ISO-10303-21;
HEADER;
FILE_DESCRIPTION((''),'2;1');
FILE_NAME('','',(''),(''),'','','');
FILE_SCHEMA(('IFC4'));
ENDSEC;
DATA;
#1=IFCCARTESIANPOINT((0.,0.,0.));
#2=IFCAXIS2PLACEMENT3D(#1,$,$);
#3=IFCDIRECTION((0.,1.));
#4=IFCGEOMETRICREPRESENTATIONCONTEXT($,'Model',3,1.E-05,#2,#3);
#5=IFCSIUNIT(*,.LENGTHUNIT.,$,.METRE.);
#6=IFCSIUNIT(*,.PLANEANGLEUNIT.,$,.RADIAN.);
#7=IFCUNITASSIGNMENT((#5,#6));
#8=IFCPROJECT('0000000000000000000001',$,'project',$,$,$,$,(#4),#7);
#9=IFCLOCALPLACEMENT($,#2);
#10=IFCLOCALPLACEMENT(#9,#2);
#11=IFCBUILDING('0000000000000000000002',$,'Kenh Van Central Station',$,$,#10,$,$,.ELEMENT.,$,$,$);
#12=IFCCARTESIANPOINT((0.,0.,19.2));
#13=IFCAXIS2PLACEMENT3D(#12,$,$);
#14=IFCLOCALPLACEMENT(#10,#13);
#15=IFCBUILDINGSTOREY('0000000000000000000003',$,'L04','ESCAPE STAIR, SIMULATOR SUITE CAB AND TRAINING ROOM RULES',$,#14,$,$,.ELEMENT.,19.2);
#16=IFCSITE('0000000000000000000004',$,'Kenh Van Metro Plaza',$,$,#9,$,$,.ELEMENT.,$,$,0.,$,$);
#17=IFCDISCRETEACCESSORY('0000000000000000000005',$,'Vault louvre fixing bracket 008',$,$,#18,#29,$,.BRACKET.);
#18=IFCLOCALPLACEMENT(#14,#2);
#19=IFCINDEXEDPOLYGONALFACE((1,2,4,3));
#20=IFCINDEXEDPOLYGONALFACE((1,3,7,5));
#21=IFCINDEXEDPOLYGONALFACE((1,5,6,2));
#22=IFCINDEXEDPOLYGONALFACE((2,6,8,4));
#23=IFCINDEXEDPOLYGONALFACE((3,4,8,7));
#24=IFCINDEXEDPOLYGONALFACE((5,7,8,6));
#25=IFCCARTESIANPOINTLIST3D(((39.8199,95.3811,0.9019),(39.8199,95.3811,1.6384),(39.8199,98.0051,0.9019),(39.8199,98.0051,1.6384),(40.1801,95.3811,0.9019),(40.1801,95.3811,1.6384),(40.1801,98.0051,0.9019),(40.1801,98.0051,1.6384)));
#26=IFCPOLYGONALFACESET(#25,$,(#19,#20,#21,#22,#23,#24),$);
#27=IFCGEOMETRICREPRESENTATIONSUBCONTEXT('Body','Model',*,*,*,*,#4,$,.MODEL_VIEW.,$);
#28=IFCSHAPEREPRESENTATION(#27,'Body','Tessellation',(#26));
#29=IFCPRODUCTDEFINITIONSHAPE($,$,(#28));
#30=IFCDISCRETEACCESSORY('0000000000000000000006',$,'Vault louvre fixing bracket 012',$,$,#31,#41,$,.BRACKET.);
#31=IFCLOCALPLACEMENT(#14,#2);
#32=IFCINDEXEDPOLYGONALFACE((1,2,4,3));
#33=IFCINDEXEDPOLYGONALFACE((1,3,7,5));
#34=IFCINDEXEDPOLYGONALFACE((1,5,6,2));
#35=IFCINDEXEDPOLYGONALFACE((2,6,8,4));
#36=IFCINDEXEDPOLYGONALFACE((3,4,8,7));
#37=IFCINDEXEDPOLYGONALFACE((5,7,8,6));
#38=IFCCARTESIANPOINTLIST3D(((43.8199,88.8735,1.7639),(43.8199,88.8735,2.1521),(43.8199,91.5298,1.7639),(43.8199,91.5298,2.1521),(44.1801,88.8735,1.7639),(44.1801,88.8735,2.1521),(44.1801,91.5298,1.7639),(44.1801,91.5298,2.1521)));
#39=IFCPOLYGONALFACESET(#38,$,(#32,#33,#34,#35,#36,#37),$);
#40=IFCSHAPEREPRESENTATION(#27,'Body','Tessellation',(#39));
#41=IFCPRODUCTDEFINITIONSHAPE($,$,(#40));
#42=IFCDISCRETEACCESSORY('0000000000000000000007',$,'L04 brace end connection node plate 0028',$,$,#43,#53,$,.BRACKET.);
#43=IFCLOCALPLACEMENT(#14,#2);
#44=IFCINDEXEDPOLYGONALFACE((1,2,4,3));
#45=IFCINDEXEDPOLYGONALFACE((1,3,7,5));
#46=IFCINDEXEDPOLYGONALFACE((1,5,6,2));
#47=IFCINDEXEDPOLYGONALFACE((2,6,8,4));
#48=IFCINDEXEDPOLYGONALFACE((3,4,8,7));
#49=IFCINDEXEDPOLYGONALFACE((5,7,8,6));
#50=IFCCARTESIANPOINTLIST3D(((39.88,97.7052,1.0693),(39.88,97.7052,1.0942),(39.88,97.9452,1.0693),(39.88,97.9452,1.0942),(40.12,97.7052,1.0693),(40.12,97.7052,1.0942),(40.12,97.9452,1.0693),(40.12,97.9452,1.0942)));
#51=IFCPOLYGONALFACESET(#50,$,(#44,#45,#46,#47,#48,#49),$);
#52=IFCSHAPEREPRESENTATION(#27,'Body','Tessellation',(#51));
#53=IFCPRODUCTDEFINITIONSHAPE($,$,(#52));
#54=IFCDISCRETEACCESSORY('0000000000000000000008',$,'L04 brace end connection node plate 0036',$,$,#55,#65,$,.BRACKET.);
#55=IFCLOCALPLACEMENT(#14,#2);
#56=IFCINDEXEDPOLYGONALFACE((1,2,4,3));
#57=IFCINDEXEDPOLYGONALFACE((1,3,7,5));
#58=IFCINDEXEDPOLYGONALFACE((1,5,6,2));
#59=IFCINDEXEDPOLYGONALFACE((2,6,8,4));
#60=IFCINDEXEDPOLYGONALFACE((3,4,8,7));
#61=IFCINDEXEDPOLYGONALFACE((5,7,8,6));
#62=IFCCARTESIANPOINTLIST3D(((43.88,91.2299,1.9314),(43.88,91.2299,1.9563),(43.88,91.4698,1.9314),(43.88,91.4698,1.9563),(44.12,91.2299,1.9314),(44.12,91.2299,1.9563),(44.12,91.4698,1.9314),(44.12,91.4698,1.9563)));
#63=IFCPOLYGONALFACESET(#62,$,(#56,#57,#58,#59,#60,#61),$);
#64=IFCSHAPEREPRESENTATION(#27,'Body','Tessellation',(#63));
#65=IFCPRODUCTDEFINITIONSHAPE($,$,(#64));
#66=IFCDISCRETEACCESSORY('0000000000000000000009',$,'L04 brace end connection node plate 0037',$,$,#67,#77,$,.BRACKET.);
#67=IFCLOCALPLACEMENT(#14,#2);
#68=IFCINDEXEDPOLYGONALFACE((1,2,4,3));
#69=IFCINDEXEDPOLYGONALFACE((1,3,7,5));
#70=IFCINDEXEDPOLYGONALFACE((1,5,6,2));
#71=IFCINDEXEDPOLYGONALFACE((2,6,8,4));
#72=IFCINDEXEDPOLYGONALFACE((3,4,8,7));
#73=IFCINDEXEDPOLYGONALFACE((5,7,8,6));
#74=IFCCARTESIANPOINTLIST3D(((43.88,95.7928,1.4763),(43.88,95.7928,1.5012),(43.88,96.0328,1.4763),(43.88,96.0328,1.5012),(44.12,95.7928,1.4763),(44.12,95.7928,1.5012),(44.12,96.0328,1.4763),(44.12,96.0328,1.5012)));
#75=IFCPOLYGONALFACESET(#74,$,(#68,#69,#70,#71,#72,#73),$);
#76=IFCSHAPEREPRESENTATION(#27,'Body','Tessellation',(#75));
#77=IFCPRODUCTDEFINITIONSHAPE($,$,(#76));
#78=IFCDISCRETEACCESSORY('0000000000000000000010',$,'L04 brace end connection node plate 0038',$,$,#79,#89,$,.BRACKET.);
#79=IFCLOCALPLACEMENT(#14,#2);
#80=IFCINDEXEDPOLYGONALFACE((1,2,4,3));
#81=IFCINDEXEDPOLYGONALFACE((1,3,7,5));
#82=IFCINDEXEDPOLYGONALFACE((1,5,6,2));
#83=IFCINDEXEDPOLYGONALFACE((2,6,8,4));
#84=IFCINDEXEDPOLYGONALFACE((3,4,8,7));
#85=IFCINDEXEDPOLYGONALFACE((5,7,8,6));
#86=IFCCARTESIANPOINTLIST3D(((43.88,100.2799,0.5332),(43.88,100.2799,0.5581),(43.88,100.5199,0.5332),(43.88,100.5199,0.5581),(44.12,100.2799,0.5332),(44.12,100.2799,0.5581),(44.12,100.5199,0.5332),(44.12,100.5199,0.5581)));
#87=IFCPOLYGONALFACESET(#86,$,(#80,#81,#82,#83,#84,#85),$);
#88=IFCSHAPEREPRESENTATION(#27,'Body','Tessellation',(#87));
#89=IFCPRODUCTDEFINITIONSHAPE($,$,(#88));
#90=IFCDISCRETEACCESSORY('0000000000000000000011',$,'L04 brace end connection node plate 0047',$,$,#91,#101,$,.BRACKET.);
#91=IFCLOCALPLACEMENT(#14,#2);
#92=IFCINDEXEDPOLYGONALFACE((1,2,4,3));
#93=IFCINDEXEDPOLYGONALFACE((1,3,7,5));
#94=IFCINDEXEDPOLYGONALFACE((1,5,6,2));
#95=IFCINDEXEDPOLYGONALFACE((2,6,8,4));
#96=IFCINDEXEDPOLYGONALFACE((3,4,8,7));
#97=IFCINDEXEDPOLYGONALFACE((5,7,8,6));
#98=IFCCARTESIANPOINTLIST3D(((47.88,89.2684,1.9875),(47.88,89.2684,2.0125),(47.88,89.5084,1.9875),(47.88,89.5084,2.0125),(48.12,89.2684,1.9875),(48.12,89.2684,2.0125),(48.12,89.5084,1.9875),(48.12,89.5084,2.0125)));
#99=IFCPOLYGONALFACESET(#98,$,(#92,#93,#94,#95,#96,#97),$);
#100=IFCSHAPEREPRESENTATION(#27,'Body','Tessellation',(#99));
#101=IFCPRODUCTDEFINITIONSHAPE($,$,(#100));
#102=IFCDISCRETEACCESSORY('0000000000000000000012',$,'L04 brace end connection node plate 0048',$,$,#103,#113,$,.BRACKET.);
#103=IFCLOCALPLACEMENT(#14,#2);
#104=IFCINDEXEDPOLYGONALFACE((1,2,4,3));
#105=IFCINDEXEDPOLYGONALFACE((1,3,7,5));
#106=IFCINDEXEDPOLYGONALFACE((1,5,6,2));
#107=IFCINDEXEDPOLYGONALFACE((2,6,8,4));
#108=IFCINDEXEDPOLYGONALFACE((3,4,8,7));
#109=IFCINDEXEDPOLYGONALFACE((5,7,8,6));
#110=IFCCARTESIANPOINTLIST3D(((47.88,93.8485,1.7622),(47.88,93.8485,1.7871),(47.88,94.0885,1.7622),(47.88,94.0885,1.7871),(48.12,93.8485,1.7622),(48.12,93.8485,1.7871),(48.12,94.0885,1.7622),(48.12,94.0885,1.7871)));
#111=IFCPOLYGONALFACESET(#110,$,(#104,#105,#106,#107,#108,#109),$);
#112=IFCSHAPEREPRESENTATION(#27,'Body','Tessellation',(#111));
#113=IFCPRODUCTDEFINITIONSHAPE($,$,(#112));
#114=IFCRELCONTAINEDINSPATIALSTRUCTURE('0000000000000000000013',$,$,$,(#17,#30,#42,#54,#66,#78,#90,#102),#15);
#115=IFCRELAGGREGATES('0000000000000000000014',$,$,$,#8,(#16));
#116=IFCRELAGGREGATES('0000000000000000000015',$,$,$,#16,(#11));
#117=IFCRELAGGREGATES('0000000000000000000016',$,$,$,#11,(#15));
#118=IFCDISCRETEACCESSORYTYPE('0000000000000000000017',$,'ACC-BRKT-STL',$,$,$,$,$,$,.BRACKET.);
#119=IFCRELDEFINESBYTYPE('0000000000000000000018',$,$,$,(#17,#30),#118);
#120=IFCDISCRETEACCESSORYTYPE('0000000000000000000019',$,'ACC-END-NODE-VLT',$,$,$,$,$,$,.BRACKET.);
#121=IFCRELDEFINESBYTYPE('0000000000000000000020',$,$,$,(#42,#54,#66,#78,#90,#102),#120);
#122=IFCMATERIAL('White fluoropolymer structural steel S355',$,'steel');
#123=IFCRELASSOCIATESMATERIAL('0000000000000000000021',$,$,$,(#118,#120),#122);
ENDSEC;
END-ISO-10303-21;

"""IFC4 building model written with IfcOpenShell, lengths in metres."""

from ifc_helpers import new_model, si_unit, direction, frame, origin, origin_2d, place, context, subcontext, project, spatial, rectangle, extrude, material, type_object, element, save


model = new_model("IFC4")

# Units and contexts
model_context = context("Model", 3, precision=1e-05, world=origin(), true_north=direction((0.0, 1.0)))
body_context = subcontext(model_context, "Body", "Model", "MODEL_VIEW")
ifc_project = project(units=[si_unit("LENGTHUNIT", "METRE"), si_unit("PLANEANGLEUNIT", "RADIAN")], contexts=[model_context])

# Site, building, storey
site_placement = place(None, origin())
site = spatial("IfcSite", under=ifc_project, at=site_placement, Name="Kenh Van Metro Plaza", CompositionType="ELEMENT", RefElevation=0.0)
building_placement = place(site_placement, origin())
building = spatial("IfcBuilding", under=site, at=building_placement, Name="Kenh Van Central Station", CompositionType="ELEMENT")
storey_placement = place(building_placement, frame((0.0, 0.0, 19.2)))
storey = spatial("IfcBuildingStorey", under=building, at=storey_placement, Name="L04", Description="ESCAPE STAIR, SIMULATOR SUITE CAB AND TRAINING ROOM RULES", CompositionType="ELEMENT", Elevation=19.2)

# Shared definitions
ifc_material_1 = material(Name="White fluoropolymer structural steel S355", Category="steel")

# Discrete accessories
discrete_accessory_type_1 = type_object("IfcDiscreteAccessoryType", Name="ACC-BRKT-STL", PredefinedType="BRACKET", material=ifc_material_1)
discrete_accessory_1_placement = place(storey_placement, frame((40.0, 96.6931, 0.9019), z_axis=(0.0, 0.0, 1.0), x_axis=(1.0, 0.0, 0.0)))
element("IfcDiscreteAccessory", 1, at=discrete_accessory_1_placement, inside=storey, type_object=discrete_accessory_type_1, Name="Vault louvre fixing bracket 008", PredefinedType="BRACKET", context=body_context, shape_type="SweptSolid", body=[
    extrude(rectangle(XDim=0.3601, YDim=2.624, at=origin_2d()), origin(), (0.0, 0.0, 1.0), 0.7366),
])
discrete_accessory_2_placement = place(storey_placement, frame((44.0, 90.2017, 1.7639), z_axis=(0.0, 0.0, 1.0), x_axis=(1.0, 0.0, 0.0)))
element("IfcDiscreteAccessory", 2, at=discrete_accessory_2_placement, inside=storey, type_object=discrete_accessory_type_1, Name="Vault louvre fixing bracket 012", PredefinedType="BRACKET", context=body_context, shape_type="SweptSolid", body=[
    extrude(rectangle(XDim=0.3601, YDim=2.6562, at=origin_2d()), origin(), (0.0, 0.0, 1.0), 0.3882),
])
discrete_accessory_type_2 = type_object("IfcDiscreteAccessoryType", Name="ACC-END-NODE-VLT", PredefinedType="BRACKET", material=ifc_material_1)
for number, where, z_axis, x_axis, name in (
    (3, (40.0, 97.8252, 1.0693), (0.0, 0.0, 1.0), (1.0, 0.0, 0.0), "L04 brace end connection node plate 0028"),
    (4, (44.0, 91.3499, 1.9314), (0.0, 0.0, 1.0), (1.0, 0.0, 0.0), "L04 brace end connection node plate 0036"),
    (5, (44.0, 95.9128, 1.4763), (0.0, 0.0, 1.0), (1.0, 0.0, 0.0), "L04 brace end connection node plate 0037"),
    (6, (44.0, 100.3999, 0.5332), (0.0, 0.0, 1.0), (1.0, 0.0, 0.0), "L04 brace end connection node plate 0038"),
    (7, (48.0, 89.3884, 1.9875), (0.0, 0.0, 1.0), (1.0, 0.0, 0.0), "L04 brace end connection node plate 0047"),
    (8, (48.0, 93.9685, 1.7622), (0.0, 0.0, 1.0), (1.0, 0.0, 0.0), "L04 brace end connection node plate 0048"),
):
    element("IfcDiscreteAccessory", number, at=place(storey_placement, frame(where, z_axis=z_axis, x_axis=x_axis)), inside=storey, type_object=discrete_accessory_type_2, Name=name, PredefinedType="BRACKET", context=body_context, shape_type="SweptSolid", body=[
        extrude(rectangle(XDim=0.24, YDim=0.24, at=origin_2d()), origin(), (0.0, 0.0, 1.0), 0.0249),
    ])

save(model, "model.ifc")
